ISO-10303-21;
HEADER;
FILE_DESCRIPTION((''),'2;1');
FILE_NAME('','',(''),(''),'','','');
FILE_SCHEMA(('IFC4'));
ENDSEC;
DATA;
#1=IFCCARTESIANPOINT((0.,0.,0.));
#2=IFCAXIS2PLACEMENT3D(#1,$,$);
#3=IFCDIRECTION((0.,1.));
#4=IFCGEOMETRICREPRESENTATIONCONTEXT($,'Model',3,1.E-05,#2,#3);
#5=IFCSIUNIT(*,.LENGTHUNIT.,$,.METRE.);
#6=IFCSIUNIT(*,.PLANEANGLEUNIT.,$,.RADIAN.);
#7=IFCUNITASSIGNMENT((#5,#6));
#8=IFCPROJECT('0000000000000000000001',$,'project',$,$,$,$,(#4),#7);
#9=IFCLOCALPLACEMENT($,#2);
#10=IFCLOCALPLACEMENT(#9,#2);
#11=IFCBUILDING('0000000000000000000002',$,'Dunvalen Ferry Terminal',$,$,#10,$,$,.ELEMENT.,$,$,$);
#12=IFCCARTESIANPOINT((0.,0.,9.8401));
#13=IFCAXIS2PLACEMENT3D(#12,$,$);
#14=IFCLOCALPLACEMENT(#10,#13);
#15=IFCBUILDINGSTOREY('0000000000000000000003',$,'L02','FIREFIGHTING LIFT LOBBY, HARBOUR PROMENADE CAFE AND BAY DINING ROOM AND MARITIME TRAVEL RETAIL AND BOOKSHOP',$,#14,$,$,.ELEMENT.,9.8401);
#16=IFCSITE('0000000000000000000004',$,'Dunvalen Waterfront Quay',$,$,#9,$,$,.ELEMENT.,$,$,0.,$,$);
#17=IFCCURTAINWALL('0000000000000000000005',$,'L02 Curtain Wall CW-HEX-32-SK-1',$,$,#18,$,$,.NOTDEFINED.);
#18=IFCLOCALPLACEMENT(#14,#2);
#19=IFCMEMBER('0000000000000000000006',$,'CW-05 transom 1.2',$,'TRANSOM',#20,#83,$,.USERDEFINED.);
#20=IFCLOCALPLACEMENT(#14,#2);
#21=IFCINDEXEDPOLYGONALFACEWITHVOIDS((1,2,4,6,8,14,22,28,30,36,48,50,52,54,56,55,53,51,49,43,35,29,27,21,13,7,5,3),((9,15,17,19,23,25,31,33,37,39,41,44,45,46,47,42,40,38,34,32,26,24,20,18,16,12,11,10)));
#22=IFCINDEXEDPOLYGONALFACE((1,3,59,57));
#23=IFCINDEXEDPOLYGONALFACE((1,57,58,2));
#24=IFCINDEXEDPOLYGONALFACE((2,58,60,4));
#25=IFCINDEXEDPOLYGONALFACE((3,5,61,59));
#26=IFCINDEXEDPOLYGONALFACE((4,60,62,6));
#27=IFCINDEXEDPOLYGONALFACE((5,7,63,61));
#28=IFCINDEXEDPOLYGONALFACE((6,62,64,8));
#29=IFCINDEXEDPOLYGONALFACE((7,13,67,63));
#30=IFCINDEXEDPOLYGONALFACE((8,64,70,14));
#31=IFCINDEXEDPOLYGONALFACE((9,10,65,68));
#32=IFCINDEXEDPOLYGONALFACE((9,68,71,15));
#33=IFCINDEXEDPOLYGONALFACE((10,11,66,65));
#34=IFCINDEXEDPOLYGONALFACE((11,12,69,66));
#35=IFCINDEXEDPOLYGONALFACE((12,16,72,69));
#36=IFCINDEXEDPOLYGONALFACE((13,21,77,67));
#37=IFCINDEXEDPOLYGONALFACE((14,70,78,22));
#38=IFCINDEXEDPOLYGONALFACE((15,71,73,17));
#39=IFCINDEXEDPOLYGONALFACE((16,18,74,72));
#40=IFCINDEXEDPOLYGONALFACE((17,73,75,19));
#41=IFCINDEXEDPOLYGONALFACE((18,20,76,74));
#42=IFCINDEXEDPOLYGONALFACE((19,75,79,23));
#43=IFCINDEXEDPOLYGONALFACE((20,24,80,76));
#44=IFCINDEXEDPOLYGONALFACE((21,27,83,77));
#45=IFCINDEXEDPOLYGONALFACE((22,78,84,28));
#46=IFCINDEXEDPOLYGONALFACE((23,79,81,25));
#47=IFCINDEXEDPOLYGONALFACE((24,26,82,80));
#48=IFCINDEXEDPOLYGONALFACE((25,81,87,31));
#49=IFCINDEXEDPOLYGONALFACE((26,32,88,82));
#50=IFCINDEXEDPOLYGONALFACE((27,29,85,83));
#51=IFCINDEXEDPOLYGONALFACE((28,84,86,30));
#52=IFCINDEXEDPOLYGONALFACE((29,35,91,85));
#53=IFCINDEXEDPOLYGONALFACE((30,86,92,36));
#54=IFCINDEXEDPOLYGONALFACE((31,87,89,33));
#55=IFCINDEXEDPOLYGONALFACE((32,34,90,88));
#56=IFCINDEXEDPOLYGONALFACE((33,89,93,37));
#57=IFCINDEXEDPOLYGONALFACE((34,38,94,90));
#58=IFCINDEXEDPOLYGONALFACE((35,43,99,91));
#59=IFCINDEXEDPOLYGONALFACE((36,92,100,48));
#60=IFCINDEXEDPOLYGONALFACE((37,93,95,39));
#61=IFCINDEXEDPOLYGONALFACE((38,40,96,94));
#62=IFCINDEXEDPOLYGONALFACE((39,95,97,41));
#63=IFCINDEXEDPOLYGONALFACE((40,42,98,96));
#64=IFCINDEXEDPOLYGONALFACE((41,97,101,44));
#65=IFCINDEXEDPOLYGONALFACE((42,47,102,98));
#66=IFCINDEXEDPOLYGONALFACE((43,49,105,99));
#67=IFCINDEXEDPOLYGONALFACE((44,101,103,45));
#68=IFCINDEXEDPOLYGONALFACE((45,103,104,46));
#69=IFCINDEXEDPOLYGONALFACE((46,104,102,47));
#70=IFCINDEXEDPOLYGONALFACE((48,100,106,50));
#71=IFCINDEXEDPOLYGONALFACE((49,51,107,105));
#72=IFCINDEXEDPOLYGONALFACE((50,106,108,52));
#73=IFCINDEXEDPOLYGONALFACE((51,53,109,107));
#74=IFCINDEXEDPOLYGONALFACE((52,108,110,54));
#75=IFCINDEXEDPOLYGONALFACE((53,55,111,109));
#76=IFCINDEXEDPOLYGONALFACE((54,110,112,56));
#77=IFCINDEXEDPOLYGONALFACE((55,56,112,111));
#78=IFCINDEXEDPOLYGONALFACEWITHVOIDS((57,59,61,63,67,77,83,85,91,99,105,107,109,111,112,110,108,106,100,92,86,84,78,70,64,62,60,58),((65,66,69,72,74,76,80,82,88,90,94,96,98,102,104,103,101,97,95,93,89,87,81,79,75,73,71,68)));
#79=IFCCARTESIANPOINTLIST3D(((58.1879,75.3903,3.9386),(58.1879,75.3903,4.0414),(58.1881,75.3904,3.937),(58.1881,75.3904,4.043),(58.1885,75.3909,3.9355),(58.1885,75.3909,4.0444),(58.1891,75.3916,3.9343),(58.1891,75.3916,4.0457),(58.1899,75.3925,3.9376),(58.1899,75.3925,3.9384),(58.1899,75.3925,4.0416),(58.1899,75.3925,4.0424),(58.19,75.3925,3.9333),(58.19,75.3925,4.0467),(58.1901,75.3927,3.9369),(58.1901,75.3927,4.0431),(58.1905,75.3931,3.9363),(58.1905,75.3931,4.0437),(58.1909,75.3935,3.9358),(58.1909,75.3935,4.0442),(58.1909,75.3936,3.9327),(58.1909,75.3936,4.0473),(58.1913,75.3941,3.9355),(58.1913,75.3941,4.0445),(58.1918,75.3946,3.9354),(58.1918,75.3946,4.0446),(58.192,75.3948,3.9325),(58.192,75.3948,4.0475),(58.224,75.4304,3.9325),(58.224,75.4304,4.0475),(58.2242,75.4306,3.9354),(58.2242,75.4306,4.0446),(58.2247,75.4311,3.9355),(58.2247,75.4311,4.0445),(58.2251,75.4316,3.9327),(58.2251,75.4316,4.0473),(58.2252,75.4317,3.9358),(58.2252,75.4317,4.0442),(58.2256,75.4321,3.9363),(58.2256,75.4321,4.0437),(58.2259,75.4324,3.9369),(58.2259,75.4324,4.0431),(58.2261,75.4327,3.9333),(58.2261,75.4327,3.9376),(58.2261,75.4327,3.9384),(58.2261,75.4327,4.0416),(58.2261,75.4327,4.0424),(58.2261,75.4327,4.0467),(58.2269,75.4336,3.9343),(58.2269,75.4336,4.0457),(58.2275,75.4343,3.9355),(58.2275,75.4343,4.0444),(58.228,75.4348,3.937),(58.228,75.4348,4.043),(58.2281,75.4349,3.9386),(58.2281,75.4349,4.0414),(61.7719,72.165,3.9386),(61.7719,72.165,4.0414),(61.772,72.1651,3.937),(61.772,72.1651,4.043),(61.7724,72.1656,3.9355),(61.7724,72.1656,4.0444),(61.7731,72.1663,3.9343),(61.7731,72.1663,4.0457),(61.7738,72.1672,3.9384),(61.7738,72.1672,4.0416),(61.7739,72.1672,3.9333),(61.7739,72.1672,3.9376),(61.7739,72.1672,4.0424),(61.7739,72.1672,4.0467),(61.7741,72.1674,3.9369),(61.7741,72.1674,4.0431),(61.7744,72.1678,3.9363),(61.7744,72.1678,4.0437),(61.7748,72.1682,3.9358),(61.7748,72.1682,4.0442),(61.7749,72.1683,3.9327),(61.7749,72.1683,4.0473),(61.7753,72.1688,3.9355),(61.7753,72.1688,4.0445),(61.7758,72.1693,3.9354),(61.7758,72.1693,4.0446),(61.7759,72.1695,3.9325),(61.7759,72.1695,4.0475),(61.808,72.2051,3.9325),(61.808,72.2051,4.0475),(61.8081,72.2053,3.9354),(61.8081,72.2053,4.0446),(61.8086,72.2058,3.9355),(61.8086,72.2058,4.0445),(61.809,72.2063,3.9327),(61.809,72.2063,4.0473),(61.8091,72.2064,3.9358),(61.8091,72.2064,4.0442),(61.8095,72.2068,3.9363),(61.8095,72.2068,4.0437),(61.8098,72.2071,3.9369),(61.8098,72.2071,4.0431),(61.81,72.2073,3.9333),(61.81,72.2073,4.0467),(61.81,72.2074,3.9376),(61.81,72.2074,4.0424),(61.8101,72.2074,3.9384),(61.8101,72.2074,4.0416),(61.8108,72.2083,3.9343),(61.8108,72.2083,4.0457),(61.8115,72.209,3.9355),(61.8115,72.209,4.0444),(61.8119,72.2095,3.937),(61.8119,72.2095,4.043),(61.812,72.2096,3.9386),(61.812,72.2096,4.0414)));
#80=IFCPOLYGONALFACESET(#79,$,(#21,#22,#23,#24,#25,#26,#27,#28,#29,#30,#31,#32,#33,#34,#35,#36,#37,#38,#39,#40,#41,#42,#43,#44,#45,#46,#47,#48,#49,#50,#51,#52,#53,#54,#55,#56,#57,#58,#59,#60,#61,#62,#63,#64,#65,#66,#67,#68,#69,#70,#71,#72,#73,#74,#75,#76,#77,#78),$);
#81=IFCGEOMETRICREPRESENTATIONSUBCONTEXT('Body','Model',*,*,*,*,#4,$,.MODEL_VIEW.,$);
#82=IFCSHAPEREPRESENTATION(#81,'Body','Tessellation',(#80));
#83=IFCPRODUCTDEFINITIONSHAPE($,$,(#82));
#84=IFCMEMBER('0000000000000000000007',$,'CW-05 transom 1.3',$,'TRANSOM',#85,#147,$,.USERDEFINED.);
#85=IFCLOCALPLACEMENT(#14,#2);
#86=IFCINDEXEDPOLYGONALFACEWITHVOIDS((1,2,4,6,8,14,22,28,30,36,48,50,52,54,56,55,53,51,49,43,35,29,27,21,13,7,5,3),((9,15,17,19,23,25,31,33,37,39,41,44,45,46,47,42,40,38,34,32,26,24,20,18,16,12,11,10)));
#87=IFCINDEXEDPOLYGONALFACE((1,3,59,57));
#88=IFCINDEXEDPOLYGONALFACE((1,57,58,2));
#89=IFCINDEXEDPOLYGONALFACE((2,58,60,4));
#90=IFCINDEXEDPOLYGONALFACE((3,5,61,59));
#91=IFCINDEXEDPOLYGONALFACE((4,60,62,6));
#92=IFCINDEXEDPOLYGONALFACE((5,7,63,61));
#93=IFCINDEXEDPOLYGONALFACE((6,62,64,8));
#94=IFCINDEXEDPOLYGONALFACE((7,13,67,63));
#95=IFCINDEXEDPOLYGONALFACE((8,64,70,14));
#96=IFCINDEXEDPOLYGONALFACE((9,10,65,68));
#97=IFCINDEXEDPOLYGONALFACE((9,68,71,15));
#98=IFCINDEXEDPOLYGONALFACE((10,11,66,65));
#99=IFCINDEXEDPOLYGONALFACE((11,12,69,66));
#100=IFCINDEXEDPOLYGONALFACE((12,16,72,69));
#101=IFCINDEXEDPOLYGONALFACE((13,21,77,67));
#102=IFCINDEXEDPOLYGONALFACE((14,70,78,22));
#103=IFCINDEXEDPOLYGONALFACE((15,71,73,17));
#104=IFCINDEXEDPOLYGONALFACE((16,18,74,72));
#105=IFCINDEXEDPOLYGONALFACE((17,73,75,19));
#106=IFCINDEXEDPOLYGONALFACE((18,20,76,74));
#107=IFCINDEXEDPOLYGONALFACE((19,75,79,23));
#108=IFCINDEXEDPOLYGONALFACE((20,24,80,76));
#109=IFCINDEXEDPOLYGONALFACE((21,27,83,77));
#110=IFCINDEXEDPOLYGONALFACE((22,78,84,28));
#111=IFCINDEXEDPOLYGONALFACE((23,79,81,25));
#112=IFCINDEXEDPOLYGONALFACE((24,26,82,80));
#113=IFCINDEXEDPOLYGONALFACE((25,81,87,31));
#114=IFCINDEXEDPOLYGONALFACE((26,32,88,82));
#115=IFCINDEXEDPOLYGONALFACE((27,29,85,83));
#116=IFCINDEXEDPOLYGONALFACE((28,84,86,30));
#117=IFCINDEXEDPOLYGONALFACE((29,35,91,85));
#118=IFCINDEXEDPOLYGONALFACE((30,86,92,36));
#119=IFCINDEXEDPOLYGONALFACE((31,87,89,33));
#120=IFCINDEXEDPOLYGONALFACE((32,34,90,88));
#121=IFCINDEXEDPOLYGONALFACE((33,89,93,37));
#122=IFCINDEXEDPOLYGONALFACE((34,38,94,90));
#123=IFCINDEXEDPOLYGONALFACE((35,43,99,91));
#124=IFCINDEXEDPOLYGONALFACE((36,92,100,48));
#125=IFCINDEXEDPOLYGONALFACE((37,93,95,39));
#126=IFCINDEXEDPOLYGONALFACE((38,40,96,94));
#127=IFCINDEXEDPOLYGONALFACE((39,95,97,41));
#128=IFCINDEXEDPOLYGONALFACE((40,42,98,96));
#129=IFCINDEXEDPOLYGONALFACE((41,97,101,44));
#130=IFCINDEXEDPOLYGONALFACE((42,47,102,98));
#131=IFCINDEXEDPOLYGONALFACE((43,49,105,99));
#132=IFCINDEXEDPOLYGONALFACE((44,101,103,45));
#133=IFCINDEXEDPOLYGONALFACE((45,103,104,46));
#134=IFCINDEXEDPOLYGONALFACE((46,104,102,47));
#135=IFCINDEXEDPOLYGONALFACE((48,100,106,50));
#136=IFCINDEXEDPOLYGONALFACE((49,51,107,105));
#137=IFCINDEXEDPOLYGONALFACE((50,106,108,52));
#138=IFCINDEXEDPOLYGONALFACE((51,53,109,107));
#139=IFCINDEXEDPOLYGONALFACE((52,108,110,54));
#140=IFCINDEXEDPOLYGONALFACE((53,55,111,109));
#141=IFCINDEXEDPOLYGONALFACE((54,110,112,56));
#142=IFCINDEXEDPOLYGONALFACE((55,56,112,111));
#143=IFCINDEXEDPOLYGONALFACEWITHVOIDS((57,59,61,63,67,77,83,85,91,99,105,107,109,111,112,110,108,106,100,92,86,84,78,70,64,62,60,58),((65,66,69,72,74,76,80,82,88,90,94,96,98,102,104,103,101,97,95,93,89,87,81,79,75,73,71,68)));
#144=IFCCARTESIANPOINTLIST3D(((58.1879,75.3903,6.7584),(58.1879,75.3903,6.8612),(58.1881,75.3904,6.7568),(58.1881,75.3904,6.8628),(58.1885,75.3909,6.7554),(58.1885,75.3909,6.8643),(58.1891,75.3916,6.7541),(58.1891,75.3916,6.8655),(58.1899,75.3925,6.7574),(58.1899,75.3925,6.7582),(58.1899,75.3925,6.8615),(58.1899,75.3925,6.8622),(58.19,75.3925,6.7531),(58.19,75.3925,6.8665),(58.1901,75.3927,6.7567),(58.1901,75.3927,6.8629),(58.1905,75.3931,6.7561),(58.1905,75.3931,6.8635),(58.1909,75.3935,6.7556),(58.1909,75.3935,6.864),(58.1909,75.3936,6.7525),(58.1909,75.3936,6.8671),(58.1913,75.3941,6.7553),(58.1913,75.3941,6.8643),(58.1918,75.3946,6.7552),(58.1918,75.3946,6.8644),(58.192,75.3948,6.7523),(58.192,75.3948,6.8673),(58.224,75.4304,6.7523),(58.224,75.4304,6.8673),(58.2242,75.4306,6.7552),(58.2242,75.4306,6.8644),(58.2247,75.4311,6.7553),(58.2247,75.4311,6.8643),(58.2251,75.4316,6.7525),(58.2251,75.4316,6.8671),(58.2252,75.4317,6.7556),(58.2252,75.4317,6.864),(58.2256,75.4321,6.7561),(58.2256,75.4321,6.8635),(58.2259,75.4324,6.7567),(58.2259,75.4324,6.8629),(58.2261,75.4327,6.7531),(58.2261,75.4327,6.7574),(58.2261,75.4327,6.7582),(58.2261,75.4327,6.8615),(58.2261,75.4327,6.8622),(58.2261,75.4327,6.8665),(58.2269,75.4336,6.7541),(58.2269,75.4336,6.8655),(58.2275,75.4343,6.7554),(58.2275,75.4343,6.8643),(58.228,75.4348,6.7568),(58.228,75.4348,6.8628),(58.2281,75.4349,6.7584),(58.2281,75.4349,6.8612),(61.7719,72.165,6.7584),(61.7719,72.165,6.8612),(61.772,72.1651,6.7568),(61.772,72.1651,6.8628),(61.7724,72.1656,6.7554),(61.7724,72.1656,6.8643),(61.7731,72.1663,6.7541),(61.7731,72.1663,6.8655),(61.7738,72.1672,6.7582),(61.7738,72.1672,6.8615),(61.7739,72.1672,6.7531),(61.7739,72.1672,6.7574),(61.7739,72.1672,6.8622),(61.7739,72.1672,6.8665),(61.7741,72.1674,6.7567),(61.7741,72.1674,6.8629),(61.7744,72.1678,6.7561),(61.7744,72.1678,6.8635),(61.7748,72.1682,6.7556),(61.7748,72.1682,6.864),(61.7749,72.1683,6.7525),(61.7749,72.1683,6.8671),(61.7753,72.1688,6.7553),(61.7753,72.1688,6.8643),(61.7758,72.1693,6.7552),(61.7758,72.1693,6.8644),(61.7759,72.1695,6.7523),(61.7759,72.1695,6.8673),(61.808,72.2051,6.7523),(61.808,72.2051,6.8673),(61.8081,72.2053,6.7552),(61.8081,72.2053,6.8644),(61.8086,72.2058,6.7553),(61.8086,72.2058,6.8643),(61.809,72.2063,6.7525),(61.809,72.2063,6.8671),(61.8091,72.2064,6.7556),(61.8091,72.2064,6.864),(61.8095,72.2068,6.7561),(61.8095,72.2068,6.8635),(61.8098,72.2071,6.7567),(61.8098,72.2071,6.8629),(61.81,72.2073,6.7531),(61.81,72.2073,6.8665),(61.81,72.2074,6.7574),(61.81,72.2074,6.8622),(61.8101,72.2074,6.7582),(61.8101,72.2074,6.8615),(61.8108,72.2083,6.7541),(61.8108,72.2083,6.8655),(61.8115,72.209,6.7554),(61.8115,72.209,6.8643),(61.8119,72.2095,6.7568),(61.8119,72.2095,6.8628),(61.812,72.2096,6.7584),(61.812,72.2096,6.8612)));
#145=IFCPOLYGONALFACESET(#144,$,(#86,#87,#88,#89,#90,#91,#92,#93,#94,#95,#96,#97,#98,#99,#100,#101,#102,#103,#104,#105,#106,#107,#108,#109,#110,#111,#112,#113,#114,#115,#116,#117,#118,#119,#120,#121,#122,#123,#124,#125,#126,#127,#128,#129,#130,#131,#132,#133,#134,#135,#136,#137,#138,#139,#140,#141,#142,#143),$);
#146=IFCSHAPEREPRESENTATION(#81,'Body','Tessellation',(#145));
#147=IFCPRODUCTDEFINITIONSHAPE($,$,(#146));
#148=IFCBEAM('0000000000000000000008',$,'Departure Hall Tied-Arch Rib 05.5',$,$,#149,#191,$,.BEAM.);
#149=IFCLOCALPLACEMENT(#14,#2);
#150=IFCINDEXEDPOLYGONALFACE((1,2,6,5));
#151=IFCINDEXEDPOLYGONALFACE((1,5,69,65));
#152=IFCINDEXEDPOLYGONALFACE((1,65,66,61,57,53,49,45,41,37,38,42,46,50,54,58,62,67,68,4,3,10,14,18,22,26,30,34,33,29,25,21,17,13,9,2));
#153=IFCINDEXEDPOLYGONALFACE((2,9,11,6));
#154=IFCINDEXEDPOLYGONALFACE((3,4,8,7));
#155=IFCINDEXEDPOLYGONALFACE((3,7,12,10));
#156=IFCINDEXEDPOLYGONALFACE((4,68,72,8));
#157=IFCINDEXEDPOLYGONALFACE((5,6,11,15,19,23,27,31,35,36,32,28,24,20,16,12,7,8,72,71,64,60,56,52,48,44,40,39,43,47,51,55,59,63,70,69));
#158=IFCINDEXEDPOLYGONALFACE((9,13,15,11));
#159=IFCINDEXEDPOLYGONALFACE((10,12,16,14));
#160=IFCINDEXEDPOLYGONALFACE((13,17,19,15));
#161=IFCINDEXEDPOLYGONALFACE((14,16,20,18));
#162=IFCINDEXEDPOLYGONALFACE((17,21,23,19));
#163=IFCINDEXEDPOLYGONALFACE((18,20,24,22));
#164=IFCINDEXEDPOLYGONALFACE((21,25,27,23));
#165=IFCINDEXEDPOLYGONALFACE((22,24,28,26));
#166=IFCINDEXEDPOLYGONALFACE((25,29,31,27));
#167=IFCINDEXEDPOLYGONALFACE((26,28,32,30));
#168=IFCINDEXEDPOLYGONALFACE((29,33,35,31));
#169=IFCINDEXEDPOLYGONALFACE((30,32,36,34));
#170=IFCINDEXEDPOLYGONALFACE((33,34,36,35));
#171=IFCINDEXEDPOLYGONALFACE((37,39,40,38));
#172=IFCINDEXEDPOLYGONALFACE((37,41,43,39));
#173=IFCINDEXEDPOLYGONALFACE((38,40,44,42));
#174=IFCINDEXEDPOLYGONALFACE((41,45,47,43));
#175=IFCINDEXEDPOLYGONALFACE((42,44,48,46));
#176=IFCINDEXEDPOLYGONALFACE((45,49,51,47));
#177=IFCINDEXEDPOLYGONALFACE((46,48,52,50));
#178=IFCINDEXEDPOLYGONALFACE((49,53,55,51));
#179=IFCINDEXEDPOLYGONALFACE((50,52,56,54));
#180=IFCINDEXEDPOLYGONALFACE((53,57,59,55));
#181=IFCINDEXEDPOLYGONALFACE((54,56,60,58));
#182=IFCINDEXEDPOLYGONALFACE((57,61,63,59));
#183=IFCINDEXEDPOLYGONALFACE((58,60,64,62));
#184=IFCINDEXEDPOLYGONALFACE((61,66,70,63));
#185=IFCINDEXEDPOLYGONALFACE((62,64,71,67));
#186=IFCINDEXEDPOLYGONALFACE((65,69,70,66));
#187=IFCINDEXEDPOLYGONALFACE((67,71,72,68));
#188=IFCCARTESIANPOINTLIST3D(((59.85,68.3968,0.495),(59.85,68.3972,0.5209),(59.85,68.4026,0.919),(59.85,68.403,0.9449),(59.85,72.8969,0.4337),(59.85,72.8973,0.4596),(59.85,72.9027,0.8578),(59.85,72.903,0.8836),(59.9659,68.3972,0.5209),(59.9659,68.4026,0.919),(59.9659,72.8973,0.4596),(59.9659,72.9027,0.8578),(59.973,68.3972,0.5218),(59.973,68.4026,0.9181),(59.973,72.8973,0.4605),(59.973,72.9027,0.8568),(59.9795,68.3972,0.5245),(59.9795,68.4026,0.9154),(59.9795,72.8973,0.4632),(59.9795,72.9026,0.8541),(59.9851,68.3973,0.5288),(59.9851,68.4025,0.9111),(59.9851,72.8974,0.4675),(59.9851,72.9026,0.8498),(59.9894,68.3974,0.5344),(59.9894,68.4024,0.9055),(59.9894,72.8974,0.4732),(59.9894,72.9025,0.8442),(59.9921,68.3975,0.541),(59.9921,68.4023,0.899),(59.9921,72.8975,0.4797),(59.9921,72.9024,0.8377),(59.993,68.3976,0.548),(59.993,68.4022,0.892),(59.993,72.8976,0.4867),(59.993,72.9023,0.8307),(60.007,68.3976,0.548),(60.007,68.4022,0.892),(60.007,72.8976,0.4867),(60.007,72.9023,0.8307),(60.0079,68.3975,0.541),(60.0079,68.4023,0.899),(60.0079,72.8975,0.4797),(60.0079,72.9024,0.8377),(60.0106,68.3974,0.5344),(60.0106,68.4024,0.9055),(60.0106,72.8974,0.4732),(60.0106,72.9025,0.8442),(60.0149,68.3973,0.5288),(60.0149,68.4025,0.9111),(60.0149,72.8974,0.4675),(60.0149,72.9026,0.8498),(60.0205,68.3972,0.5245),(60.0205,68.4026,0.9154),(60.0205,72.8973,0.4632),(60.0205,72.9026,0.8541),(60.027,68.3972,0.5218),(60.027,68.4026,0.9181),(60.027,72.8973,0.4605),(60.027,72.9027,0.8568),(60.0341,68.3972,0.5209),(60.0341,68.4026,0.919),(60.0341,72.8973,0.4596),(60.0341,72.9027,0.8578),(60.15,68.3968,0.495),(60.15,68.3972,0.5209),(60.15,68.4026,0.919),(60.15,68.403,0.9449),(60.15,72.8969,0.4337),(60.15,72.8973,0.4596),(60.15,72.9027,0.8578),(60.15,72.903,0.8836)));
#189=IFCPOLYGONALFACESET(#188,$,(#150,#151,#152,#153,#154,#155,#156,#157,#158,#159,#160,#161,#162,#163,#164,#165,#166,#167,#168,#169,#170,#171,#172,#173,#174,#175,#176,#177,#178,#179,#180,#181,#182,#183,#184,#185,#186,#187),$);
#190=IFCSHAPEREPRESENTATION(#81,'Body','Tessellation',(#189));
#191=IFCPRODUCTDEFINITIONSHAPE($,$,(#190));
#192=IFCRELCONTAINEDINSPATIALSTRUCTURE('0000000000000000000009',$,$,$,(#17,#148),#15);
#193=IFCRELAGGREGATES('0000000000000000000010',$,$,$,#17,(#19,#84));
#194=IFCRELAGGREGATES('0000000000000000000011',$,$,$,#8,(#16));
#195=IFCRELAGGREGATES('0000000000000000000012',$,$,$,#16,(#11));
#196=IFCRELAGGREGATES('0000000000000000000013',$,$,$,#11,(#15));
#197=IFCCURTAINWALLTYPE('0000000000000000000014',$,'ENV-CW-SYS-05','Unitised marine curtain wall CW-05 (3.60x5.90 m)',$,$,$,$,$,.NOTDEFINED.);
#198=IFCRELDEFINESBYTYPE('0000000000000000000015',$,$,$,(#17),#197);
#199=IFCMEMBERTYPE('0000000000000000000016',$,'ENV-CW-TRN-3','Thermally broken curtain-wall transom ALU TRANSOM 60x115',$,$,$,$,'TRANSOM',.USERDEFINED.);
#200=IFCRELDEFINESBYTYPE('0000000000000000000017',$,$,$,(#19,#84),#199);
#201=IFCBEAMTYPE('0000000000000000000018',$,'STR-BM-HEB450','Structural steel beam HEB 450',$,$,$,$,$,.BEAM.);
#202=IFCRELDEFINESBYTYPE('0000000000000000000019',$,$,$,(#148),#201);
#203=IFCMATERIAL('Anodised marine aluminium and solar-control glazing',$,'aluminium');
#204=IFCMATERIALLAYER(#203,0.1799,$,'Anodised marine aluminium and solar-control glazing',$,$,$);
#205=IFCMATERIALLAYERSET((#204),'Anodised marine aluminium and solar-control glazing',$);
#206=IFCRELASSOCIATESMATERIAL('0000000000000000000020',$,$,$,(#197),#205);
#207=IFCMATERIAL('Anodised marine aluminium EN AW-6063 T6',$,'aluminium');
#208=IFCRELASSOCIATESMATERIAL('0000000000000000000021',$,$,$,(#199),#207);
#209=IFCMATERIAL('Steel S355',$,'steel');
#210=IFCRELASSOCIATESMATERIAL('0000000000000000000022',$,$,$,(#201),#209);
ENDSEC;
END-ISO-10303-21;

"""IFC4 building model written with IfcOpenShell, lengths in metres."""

from ifc_helpers import new_model, si_unit, direction, frame, origin, origin_2d, place, context, subcontext, project, spatial, hollow_rectangle, i_section, extrude, material, layer, layer_set, material_profile, profile_set, type_object, element, aggregate, save


model = new_model("IFC4")

# Units and contexts
model_context = context("Model", 3, precision=1e-05, world=origin(), true_north=direction((0.0, 1.0)))
body_context = subcontext(model_context, "Body", "Model", "MODEL_VIEW")
ifc_project = project(units=[si_unit("LENGTHUNIT", "METRE"), si_unit("PLANEANGLEUNIT", "RADIAN")], contexts=[model_context])

# Site, building, storey
site_placement = place(None, origin())
site = spatial("IfcSite", under=ifc_project, at=site_placement, Name="Dunvalen Waterfront Quay", CompositionType="ELEMENT", RefElevation=0.0)
building_placement = place(site_placement, origin())
building = spatial("IfcBuilding", under=site, at=building_placement, Name="Dunvalen Ferry Terminal", CompositionType="ELEMENT")
storey_placement = place(building_placement, frame((0.0, 0.0, 9.8401)))
storey = spatial("IfcBuildingStorey", under=building, at=storey_placement, Name="L02", Description="FIREFIGHTING LIFT LOBBY, HARBOUR PROMENADE CAFE AND BAY DINING ROOM AND MARITIME TRAVEL RETAIL AND BOOKSHOP", CompositionType="ELEMENT", Elevation=9.8401)

# Curtain wall, members
ifc_material_1 = material(Name="Anodised marine aluminium and solar-control glazing", Category="aluminium")
ifc_layer_1 = layer(ifc_material_1, 0.1799, Name="Anodised marine aluminium and solar-control glazing")
ifc_layer_set_1 = layer_set([ifc_layer_1], Name="Anodised marine aluminium and solar-control glazing")
curtain_wall_type = type_object("IfcCurtainWallType", Name="ENV-CW-SYS-05", Description="Unitised marine curtain wall CW-05 (3.60x5.90 m)", PredefinedType="NOTDEFINED", material=ifc_layer_set_1)
curtain_wall_placement = place(storey_placement, origin())
curtain_wall = element("IfcCurtainWall", 1, at=curtain_wall_placement, inside=storey, type_object=curtain_wall_type, Name="L02 Curtain Wall CW-HEX-32-SK-1", PredefinedType="NOTDEFINED")
ifc_material_2 = material(Name="Anodised marine aluminium EN AW-6063 T6", Category="aluminium")
ifc_material_profile_1 = material_profile(ifc_material_2, hollow_rectangle(XDim=0.0601, YDim=0.115, WallThickness=0.0029, InnerFilletRadius=0.0029, OuterFilletRadius=0.0061, at=origin_2d()), Name="Anodised marine aluminium EN AW-6063 T6")
ifc_profile_set_1 = profile_set([ifc_material_profile_1], Name="Anodised marine aluminium EN AW-6063 T6")
member_type_1 = type_object("IfcMemberType", Name="ENV-CW-TRN-3", Description="Thermally broken curtain-wall transom ALU TRANSOM 60x115", ElementType="TRANSOM", PredefinedType="USERDEFINED", material=ifc_profile_set_1)
member_1_placement = place(storey_placement, frame((58.208, 75.4126, 3.99), z_axis=(0.743319, -0.668937, 0.0), x_axis=(0.668937, 0.743319, 0.0)))
member_1 = element("IfcMember", 2, at=member_1_placement, type_object=member_type_1, Name="CW-05 transom 1.2", ObjectType="TRANSOM", PredefinedType="USERDEFINED", context=body_context, shape_type="SweptSolid", body=[
    extrude(hollow_rectangle(XDim=0.0601, YDim=0.115, WallThickness=0.0029, InnerFilletRadius=0.0029, OuterFilletRadius=0.0061, at=origin_2d()), origin(), (0.0, 0.0, 1.0), 4.8215),
])
member_2_placement = place(storey_placement, frame((58.208, 75.4126, 6.8098), z_axis=(0.743319, -0.668937, 0.0), x_axis=(0.668937, 0.743319, 0.0)))
member_2 = element("IfcMember", 3, at=member_2_placement, type_object=member_type_1, Name="CW-05 transom 1.3", ObjectType="TRANSOM", PredefinedType="USERDEFINED", context=body_context, shape_type="SweptSolid", body=[
    extrude(hollow_rectangle(XDim=0.0601, YDim=0.115, WallThickness=0.0029, InnerFilletRadius=0.0029, OuterFilletRadius=0.0061, at=origin_2d()), origin(), (0.0, 0.0, 1.0), 4.8215),
])

# Beam
ifc_material_3 = material(Name="Steel S355", Category="steel")
ifc_material_profile_2 = material_profile(ifc_material_3, i_section(OverallWidth=0.3, OverallDepth=0.45, WebThickness=0.0139, FlangeThickness=0.0259, FilletRadius=0.0271, at=origin_2d()), Name="Steel S355")
ifc_profile_set_2 = profile_set([ifc_material_profile_2], Name="Steel S355")
beam_type = type_object("IfcBeamType", Name="STR-BM-HEB450", Description="Structural steel beam HEB 450", PredefinedType="BEAM", material=ifc_profile_set_2)
beam_1_placement = place(storey_placement, frame((60.0, 68.3999, 0.72), z_axis=(0.0, 0.999907, -0.013616), x_axis=(-1.0, 0.0, 0.0)))
element("IfcBeam", 4, at=beam_1_placement, inside=storey, type_object=beam_type, Name="Departure Hall Tied-Arch Rib 05.5", PredefinedType="BEAM", context=body_context, shape_type="SweptSolid", body=[
    extrude(i_section(OverallWidth=0.3, OverallDepth=0.45, WebThickness=0.0139, FlangeThickness=0.0259, FilletRadius=0.0271, at=origin_2d()), origin(), (0.0, 0.0, 1.0), 4.5005),
])

aggregate(curtain_wall, [member_1, member_2])

save(model, "model.ifc")
